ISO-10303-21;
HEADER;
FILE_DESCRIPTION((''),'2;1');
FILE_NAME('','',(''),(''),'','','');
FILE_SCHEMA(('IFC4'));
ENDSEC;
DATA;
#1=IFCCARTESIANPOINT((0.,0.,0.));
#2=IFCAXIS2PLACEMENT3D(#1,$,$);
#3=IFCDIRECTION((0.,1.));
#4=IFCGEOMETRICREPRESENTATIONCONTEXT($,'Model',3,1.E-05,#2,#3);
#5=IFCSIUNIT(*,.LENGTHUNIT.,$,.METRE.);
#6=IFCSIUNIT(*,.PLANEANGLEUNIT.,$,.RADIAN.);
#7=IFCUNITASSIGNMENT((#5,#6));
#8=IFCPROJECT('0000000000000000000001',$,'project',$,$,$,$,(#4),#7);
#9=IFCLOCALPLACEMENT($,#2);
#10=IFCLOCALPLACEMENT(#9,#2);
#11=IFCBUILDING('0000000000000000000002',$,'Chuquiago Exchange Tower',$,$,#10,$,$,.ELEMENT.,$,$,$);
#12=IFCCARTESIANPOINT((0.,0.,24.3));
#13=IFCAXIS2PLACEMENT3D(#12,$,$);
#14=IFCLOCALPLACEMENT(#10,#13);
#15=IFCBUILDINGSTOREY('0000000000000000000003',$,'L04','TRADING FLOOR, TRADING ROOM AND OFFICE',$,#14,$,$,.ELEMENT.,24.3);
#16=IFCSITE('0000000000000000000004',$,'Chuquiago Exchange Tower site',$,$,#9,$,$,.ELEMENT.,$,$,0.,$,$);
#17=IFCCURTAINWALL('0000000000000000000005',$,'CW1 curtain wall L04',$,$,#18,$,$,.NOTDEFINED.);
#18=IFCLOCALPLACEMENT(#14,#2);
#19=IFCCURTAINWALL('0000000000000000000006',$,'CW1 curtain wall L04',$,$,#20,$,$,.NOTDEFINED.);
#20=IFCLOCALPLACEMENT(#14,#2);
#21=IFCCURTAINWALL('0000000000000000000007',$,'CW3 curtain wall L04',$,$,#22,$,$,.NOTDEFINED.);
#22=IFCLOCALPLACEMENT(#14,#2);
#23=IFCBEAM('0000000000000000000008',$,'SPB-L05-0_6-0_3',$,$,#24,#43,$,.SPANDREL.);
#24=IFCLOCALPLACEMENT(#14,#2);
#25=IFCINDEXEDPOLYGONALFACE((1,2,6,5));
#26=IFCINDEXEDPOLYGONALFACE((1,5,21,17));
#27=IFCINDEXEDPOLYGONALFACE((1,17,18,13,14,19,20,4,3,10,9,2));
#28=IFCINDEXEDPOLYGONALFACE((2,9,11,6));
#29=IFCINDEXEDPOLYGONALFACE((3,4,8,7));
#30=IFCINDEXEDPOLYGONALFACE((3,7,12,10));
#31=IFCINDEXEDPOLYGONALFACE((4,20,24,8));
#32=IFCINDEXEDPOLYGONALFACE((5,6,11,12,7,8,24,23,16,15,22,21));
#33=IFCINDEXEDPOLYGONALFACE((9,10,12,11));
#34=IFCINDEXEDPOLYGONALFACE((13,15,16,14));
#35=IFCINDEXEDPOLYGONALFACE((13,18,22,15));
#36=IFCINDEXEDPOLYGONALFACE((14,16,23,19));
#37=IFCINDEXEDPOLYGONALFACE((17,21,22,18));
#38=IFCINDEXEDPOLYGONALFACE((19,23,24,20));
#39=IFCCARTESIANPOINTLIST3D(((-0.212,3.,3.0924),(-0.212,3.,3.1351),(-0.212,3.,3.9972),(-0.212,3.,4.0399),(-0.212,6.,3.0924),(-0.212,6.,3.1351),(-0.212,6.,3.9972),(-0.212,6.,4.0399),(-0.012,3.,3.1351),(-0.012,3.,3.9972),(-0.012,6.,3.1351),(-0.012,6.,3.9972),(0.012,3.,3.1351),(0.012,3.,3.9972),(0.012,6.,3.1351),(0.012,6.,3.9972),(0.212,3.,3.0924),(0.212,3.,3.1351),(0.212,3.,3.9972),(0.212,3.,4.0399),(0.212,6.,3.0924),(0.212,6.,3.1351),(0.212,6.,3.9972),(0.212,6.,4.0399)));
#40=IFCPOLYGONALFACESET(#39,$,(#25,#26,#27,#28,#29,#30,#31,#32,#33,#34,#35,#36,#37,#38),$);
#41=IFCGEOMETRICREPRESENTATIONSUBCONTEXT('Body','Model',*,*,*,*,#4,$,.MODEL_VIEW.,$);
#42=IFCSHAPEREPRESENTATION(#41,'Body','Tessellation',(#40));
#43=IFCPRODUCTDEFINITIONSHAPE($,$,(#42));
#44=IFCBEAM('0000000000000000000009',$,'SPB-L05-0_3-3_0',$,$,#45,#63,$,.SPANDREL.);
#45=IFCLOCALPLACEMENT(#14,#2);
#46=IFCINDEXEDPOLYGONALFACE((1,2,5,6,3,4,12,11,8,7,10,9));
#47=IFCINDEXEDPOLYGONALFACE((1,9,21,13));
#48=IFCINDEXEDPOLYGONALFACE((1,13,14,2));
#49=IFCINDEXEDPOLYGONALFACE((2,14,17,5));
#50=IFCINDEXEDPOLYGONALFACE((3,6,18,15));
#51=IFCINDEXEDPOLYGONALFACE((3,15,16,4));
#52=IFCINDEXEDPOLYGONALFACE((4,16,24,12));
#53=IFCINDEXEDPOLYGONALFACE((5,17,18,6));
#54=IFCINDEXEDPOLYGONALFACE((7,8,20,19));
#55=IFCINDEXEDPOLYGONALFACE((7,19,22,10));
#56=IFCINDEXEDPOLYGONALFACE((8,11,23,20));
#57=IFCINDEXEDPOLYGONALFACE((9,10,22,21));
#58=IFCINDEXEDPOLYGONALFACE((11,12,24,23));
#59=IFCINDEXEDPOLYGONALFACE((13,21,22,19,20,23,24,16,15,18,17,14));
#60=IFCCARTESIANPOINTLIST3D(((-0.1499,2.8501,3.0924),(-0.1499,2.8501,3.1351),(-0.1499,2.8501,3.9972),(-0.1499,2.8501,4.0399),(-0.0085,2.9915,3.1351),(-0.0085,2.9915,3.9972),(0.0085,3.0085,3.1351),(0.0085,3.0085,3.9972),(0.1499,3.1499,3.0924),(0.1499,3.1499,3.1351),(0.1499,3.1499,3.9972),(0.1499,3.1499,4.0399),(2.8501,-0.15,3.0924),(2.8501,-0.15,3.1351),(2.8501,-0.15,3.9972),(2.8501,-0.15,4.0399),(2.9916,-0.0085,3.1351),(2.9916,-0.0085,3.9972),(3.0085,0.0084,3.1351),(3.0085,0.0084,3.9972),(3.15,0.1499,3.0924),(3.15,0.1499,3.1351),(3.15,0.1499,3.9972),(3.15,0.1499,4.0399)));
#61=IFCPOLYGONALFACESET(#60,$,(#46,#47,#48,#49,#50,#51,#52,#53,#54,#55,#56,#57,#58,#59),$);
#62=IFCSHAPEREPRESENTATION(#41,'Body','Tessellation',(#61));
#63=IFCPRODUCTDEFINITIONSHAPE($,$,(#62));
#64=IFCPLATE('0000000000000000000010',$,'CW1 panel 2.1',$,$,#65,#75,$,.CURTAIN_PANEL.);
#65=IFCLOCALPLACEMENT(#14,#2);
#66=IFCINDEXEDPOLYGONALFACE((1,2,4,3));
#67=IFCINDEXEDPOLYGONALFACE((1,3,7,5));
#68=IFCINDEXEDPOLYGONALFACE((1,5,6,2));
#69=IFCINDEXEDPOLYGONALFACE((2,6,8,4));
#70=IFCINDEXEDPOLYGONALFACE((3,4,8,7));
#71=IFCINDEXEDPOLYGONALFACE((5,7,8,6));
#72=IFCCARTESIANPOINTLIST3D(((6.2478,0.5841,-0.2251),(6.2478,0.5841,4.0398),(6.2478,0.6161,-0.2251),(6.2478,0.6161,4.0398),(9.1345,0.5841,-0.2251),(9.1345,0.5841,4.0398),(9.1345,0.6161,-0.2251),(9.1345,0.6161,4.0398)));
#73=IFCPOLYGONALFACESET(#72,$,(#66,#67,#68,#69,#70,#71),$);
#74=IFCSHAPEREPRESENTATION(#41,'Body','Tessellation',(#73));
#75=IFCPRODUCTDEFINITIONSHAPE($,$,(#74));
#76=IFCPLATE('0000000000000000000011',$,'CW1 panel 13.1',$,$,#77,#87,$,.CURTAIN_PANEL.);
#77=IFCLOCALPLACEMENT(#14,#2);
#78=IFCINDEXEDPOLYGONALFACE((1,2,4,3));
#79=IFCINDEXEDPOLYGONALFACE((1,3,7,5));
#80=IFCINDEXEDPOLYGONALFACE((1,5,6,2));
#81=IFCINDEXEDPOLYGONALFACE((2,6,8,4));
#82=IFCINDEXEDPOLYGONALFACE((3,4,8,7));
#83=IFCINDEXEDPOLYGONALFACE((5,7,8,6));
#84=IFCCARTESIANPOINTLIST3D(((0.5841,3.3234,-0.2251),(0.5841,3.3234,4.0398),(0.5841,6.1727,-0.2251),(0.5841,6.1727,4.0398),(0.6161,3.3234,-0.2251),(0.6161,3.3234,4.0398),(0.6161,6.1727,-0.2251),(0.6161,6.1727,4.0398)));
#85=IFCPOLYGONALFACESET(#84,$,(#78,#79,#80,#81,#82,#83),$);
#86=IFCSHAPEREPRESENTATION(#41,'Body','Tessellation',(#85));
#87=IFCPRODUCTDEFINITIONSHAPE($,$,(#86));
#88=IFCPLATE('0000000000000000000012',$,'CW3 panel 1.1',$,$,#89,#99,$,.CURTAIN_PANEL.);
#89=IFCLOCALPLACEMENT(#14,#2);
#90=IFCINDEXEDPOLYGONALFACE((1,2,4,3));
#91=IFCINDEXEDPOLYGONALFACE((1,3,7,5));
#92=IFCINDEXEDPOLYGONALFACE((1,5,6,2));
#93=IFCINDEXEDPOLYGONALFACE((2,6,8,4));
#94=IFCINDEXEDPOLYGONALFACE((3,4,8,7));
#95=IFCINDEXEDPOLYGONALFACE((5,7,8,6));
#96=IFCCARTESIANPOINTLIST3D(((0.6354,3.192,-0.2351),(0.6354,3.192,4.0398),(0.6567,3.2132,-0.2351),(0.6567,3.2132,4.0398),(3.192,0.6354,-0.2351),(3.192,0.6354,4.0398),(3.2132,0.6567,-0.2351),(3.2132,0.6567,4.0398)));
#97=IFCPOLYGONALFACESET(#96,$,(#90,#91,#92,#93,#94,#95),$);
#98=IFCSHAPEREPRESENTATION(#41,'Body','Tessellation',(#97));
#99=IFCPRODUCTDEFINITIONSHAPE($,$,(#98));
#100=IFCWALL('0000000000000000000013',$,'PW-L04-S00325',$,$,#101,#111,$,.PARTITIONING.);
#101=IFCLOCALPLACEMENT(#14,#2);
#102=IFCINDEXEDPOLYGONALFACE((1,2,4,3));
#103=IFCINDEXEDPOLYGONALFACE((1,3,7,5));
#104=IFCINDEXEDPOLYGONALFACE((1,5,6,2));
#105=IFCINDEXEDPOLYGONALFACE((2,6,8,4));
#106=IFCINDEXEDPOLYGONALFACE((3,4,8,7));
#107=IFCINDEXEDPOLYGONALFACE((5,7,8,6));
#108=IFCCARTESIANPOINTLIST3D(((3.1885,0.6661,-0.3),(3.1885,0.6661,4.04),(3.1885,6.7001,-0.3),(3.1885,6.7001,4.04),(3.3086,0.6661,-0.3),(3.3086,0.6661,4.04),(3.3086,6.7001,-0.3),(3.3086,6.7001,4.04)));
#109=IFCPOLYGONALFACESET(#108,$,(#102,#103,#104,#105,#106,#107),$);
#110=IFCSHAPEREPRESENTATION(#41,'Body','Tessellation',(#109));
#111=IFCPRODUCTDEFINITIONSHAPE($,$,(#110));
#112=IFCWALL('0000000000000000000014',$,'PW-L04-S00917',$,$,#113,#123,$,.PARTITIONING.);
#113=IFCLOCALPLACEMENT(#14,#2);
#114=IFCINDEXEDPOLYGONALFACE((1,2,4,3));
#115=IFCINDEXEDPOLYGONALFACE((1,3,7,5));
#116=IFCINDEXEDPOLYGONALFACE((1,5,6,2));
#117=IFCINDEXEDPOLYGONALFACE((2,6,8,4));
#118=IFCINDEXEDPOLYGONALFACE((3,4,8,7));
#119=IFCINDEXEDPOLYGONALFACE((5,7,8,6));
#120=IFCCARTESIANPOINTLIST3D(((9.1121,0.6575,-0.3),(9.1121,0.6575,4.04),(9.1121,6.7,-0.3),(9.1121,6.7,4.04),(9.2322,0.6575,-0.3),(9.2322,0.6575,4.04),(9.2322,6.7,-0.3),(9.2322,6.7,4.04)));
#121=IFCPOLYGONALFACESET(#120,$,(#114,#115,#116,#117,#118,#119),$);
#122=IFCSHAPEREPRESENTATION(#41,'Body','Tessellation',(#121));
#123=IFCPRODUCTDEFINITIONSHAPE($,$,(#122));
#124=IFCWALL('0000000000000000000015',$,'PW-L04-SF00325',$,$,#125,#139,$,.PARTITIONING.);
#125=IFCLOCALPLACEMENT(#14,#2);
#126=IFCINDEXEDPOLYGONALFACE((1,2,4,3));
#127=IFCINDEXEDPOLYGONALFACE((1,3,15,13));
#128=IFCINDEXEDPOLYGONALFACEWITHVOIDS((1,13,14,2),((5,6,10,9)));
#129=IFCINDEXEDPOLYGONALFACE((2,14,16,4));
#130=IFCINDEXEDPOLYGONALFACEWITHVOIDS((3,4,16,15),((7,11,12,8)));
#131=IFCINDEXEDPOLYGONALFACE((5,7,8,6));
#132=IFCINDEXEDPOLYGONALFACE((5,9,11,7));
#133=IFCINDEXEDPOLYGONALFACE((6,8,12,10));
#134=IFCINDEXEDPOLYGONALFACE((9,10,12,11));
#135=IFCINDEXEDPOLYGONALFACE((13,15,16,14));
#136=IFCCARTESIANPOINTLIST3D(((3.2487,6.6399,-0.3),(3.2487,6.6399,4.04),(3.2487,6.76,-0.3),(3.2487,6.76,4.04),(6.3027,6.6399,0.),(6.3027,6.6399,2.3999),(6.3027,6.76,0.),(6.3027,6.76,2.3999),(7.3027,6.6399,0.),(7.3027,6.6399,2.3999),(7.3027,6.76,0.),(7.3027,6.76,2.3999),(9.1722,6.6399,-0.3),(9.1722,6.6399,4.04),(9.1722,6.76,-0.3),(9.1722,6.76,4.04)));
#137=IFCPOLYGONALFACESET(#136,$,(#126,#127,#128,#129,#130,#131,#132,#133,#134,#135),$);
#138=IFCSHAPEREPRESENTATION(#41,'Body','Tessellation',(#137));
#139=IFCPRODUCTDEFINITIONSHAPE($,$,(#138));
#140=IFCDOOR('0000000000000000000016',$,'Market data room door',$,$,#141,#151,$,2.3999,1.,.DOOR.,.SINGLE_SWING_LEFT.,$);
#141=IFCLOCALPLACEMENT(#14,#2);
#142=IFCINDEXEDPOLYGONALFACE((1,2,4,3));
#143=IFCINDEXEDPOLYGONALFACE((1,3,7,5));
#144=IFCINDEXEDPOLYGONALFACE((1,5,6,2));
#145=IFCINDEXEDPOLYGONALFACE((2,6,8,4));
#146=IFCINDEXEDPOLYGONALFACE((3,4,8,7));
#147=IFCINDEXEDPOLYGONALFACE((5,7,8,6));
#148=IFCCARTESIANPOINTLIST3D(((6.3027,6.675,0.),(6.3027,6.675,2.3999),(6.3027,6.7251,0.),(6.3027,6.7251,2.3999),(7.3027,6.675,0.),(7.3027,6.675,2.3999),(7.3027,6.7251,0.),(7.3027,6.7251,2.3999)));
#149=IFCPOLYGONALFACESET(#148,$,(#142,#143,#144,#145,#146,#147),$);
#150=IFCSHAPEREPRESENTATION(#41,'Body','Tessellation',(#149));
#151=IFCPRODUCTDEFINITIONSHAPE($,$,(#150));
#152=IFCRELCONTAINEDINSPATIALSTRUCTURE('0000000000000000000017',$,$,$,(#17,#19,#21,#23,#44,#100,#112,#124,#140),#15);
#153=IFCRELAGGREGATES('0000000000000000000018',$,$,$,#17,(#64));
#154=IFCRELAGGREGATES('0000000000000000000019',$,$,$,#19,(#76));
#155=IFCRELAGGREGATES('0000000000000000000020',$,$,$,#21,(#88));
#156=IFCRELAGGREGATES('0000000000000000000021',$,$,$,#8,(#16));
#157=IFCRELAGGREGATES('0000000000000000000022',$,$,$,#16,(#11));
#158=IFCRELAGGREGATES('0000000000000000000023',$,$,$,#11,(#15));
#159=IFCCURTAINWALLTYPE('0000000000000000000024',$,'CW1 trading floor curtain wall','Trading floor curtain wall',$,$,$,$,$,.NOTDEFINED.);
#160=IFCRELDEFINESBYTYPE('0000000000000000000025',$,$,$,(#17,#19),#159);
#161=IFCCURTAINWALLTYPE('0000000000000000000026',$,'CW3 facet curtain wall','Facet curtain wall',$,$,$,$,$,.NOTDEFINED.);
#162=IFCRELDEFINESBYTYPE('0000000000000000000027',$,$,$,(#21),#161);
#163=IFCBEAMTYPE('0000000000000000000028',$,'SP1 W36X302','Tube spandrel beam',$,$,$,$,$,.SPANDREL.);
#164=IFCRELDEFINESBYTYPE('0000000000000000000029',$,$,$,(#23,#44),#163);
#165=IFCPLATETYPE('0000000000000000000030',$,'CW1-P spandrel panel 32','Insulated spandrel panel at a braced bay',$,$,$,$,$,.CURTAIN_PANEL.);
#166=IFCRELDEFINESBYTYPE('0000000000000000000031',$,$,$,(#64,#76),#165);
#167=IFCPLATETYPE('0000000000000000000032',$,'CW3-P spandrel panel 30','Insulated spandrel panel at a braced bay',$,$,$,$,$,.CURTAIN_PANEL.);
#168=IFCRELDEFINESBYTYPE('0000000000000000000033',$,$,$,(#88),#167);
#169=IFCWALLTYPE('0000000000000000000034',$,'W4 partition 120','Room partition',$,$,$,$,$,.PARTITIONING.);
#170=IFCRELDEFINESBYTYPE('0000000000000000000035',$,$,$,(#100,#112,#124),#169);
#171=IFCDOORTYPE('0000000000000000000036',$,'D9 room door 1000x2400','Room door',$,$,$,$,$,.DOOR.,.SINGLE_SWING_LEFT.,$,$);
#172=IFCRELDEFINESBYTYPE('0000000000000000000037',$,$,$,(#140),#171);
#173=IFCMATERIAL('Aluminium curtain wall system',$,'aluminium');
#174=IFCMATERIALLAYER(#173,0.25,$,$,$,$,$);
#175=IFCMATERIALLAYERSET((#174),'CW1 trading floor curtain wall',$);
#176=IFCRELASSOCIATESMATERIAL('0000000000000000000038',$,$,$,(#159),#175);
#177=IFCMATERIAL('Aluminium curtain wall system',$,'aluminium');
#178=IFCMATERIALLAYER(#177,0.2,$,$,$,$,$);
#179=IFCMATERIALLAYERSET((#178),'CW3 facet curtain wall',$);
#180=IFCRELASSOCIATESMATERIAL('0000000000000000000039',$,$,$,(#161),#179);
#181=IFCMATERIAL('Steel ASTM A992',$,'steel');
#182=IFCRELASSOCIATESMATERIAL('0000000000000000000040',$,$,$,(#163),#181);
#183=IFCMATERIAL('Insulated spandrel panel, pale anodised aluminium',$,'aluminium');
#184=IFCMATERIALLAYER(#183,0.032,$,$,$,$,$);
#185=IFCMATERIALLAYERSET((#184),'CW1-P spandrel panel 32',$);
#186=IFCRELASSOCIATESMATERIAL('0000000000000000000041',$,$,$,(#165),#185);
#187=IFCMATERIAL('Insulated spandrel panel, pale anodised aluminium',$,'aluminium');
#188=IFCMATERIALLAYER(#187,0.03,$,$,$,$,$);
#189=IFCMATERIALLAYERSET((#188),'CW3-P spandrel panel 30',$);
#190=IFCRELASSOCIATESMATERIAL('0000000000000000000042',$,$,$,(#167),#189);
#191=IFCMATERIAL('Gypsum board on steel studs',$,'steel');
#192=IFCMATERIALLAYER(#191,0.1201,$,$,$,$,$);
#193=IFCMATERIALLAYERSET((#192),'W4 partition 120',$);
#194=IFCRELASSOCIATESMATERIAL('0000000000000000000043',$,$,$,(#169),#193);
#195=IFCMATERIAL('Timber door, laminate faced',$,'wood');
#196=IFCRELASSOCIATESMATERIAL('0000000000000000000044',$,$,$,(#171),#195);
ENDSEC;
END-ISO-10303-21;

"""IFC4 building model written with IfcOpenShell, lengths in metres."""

from ifc_helpers import new_model, si_unit, direction, frame, frame_2d, origin, origin_2d, place, context, subcontext, project, spatial, rectangle, i_section, extrude, material, layer, layer_set, material_profile, profile_set, type_object, element, fill, aggregate, save


model = new_model("IFC4")

# Units and contexts
model_context = context("Model", 3, precision=1e-05, world=origin(), true_north=direction((0.0, 1.0)))
body_context = subcontext(model_context, "Body", "Model", "MODEL_VIEW")
ifc_project = project(units=[si_unit("LENGTHUNIT", "METRE"), si_unit("PLANEANGLEUNIT", "RADIAN")], contexts=[model_context])

# Site, building, storey
site_placement = place(None, origin())
site = spatial("IfcSite", under=ifc_project, at=site_placement, Name="Chuquiago Exchange Tower site", CompositionType="ELEMENT", RefElevation=0.0)
building_placement = place(site_placement, origin())
building = spatial("IfcBuilding", under=site, at=building_placement, Name="Chuquiago Exchange Tower", CompositionType="ELEMENT")
storey_placement = place(building_placement, frame((0.0, 0.0, 24.3)))
storey = spatial("IfcBuildingStorey", under=building, at=storey_placement, Name="L04", Description="TRADING FLOOR, TRADING ROOM AND OFFICE", CompositionType="ELEMENT", Elevation=24.3)

# Curtain wall
ifc_material_1 = material(Name="Aluminium curtain wall system", Category="aluminium")
ifc_layer_1 = layer(ifc_material_1, 0.25)
ifc_layer_set_1 = layer_set([ifc_layer_1], Name="CW1 trading floor curtain wall")
curtain_wall_type_1 = type_object("IfcCurtainWallType", Name="CW1 trading floor curtain wall", Description="Trading floor curtain wall", PredefinedType="NOTDEFINED", material=ifc_layer_set_1)
curtain_wall_1_placement = place(storey_placement, origin())
curtain_wall_1 = element("IfcCurtainWall", 1, at=curtain_wall_1_placement, inside=storey, type_object=curtain_wall_type_1, Name="CW1 curtain wall L04", PredefinedType="NOTDEFINED")

# Curtain walls
curtain_wall_2_placement = place(storey_placement, origin())
curtain_wall_2 = element("IfcCurtainWall", 2, at=curtain_wall_2_placement, inside=storey, type_object=curtain_wall_type_1, Name="CW1 curtain wall L04", PredefinedType="NOTDEFINED")
ifc_material_2 = material(Name="Aluminium curtain wall system", Category="aluminium")
ifc_layer_2 = layer(ifc_material_2, 0.2)
ifc_layer_set_2 = layer_set([ifc_layer_2], Name="CW3 facet curtain wall")
curtain_wall_type_2 = type_object("IfcCurtainWallType", Name="CW3 facet curtain wall", Description="Facet curtain wall", PredefinedType="NOTDEFINED", material=ifc_layer_set_2)
curtain_wall_3_placement = place(storey_placement, origin())
curtain_wall_3 = element("IfcCurtainWall", 3, at=curtain_wall_3_placement, inside=storey, type_object=curtain_wall_type_2, Name="CW3 curtain wall L04", PredefinedType="NOTDEFINED")

# Beams
ifc_material_3 = material(Name="Steel ASTM A992", Category="steel")
ifc_material_profile_1 = material_profile(ifc_material_3, i_section(OverallWidth=0.4241, OverallDepth=0.9475, WebThickness=0.0239, FlangeThickness=0.0427, at=origin_2d()), Name="W36X302")
ifc_profile_set_1 = profile_set([ifc_material_profile_1], Name="Steel ASTM A992")
beam_type = type_object("IfcBeamType", Name="SP1 W36X302", Description="Tube spandrel beam", PredefinedType="SPANDREL", material=ifc_profile_set_1)
beam_1_placement = place(storey_placement, frame((0.0, 6.0, 3.5662), z_axis=(0.0, -1.0, 0.0), x_axis=(1.0, 0.0, 0.0)))
element("IfcBeam", 4, at=beam_1_placement, inside=storey, type_object=beam_type, Name="SPB-L05-0_6-0_3", PredefinedType="SPANDREL", context=body_context, shape_type="SweptSolid", body=[
    extrude(i_section(OverallWidth=0.4241, OverallDepth=0.9475, WebThickness=0.0239, FlangeThickness=0.0427, at=origin_2d()), origin(), (0.0, 0.0, 1.0), 3.0),
])
beam_2_placement = place(storey_placement, frame((0.0, 3.0, 3.5662), z_axis=(0.707107, -0.707107, 0.0), x_axis=(0.707107, 0.707107, 0.0)))
element("IfcBeam", 5, at=beam_2_placement, inside=storey, type_object=beam_type, Name="SPB-L05-0_3-3_0", PredefinedType="SPANDREL", context=body_context, shape_type="SweptSolid", body=[
    extrude(i_section(OverallWidth=0.4241, OverallDepth=0.9475, WebThickness=0.0239, FlangeThickness=0.0427, at=origin_2d()), origin(), (0.0, 0.0, 1.0), 4.2427),
])

# Plates
ifc_material_4 = material(Name="Insulated spandrel panel, pale anodised aluminium", Category="aluminium")
ifc_layer_3 = layer(ifc_material_4, 0.032)
ifc_layer_set_3 = layer_set([ifc_layer_3], Name="CW1-P spandrel panel 32")
plate_type_1 = type_object("IfcPlateType", Name="CW1-P spandrel panel 32", Description="Insulated spandrel panel at a braced bay", PredefinedType="CURTAIN_PANEL", material=ifc_layer_set_3)
plate_1_placement = place(storey_placement, frame((7.6912, 0.6001, -0.2251), z_axis=(0.0, 0.0, 1.0), x_axis=(1.0, 0.0, 0.0)))
plate_1 = element("IfcPlate", 6, at=plate_1_placement, type_object=plate_type_1, Name="CW1 panel 2.1", PredefinedType="CURTAIN_PANEL", context=body_context, shape_type="SweptSolid", body=[
    extrude(rectangle(XDim=2.8867, YDim=0.032, at=origin_2d()), origin(), (0.0, 0.0, 1.0), 4.2649),
])
aggregate(curtain_wall_1, [plate_1])
plate_2_placement = place(storey_placement, frame((0.6001, 4.748, -0.2251), z_axis=(0.0, 0.0, 1.0), x_axis=(0.0, -1.0, 0.0)))
plate_2 = element("IfcPlate", 7, at=plate_2_placement, type_object=plate_type_1, Name="CW1 panel 13.1", PredefinedType="CURTAIN_PANEL", context=body_context, shape_type="SweptSolid", body=[
    extrude(rectangle(XDim=2.8494, YDim=0.032, at=origin_2d()), origin(), (0.0, 0.0, 1.0), 4.2649),
])
aggregate(curtain_wall_2, [plate_2])
ifc_material_5 = material(Name="Insulated spandrel panel, pale anodised aluminium", Category="aluminium")
ifc_layer_4 = layer(ifc_material_5, 0.03)
ifc_layer_set_4 = layer_set([ifc_layer_4], Name="CW3-P spandrel panel 30")
plate_type_2 = type_object("IfcPlateType", Name="CW3-P spandrel panel 30", Description="Insulated spandrel panel at a braced bay", PredefinedType="CURTAIN_PANEL", material=ifc_layer_set_4)
plate_3_placement = place(storey_placement, frame((1.9243, 1.9243, -0.2351), z_axis=(0.0, 0.0, 1.0), x_axis=(0.707107, -0.707107, 0.0)))
plate_3 = element("IfcPlate", 8, at=plate_3_placement, type_object=plate_type_2, Name="CW3 panel 1.1", PredefinedType="CURTAIN_PANEL", context=body_context, shape_type="SweptSolid", body=[
    extrude(rectangle(XDim=3.6155, YDim=0.03, at=origin_2d()), origin(), (0.0, 0.0, 1.0), 4.2749),
])
aggregate(curtain_wall_3, [plate_3])

# Walls
ifc_material_6 = material(Name="Gypsum board on steel studs", Category="steel")
ifc_layer_5 = layer(ifc_material_6, 0.1201)
ifc_layer_set_5 = layer_set([ifc_layer_5], Name="W4 partition 120")
wall_type = type_object("IfcWallType", Name="W4 partition 120", Description="Room partition", PredefinedType="PARTITIONING", material=ifc_layer_set_5)
wall_1_placement = place(storey_placement, frame((3.2485, 0.666, -0.3), z_axis=(0.0, 0.0, 1.0), x_axis=(0.0, 1.0, 0.0)))
element("IfcWall", 9, at=wall_1_placement, inside=storey, type_object=wall_type, Name="PW-L04-S00325", PredefinedType="PARTITIONING", context=body_context, shape_type="SweptSolid", body=[
    extrude(rectangle(XDim=6.0339, YDim=0.1201, at=frame_2d((3.0171, 0.0))), origin(), (0.0, 0.0, 1.0), 4.3401),
])
wall_2_placement = place(storey_placement, frame((9.1721, 0.6575, -0.3), z_axis=(0.0, 0.0, 1.0), x_axis=(0.0, 1.0, 0.0)))
element("IfcWall", 10, at=wall_2_placement, inside=storey, type_object=wall_type, Name="PW-L04-S00917", PredefinedType="PARTITIONING", context=body_context, shape_type="SweptSolid", body=[
    extrude(rectangle(XDim=6.0425, YDim=0.1201, at=frame_2d((3.0212, 0.0))), origin(), (0.0, 0.0, 1.0), 4.3401),
])

# Wall, opening, door
wall_3_placement = place(storey_placement, frame((3.2485, 6.7, -0.3), z_axis=(0.0, 0.0, 1.0), x_axis=(1.0, 0.0, 0.0)))
wall_3 = element("IfcWall", 11, at=wall_3_placement, inside=storey, type_object=wall_type, Name="PW-L04-SF00325", PredefinedType="PARTITIONING", context=body_context, shape_type="SweptSolid", body=[
    extrude(rectangle(XDim=5.9236, YDim=0.1201, at=frame_2d((2.9619, 0.0))), origin(), (0.0, 0.0, 1.0), 4.3401),
])
opening_placement = place(wall_3_placement, frame((3.0542, 0.0, 0.3)))
opening = element("IfcOpeningElement", 12, at=opening_placement, cuts=wall_3, PredefinedType="OPENING", context=body_context, shape_type="SweptSolid", body=[
    extrude(rectangle(XDim=1.0, YDim=2.3999, at=frame_2d((0.5, 1.2))), frame((0.0, 0.0701, 0.0), z_axis=(0.0, -1.0, 0.0), x_axis=(1.0, 0.0, 0.0)), (0.0, 0.0, 1.0), 0.1401),
])
ifc_material_7 = material(Name="Timber door, laminate faced", Category="wood")
door_type = type_object("IfcDoorType", Name="D9 room door 1000x2400", Description="Room door", OperationType="SINGLE_SWING_LEFT", PredefinedType="DOOR", material=ifc_material_7)
door_placement = place(opening_placement, frame((1.0, 0.0, 0.0), z_axis=(0.0, 0.0, 1.0), x_axis=(-1.0, 0.0, 0.0)))
door = element("IfcDoor", 13, at=door_placement, inside=storey, type_object=door_type, Name="Market data room door", OperationType="SINGLE_SWING_LEFT", OverallHeight=2.3999, OverallWidth=1.0, PredefinedType="DOOR", context=body_context, shape_type="SweptSolid", body=[
    extrude(rectangle(XDim=1.0, YDim=2.3999, at=frame_2d((0.5, 1.2))), frame((0.0, 0.0249, 0.0), z_axis=(0.0, -1.0, 0.0), x_axis=(1.0, 0.0, 0.0)), (0.0, 0.0, 1.0), 0.05),
])
fill(opening, door)

save(model, "model.ifc")
